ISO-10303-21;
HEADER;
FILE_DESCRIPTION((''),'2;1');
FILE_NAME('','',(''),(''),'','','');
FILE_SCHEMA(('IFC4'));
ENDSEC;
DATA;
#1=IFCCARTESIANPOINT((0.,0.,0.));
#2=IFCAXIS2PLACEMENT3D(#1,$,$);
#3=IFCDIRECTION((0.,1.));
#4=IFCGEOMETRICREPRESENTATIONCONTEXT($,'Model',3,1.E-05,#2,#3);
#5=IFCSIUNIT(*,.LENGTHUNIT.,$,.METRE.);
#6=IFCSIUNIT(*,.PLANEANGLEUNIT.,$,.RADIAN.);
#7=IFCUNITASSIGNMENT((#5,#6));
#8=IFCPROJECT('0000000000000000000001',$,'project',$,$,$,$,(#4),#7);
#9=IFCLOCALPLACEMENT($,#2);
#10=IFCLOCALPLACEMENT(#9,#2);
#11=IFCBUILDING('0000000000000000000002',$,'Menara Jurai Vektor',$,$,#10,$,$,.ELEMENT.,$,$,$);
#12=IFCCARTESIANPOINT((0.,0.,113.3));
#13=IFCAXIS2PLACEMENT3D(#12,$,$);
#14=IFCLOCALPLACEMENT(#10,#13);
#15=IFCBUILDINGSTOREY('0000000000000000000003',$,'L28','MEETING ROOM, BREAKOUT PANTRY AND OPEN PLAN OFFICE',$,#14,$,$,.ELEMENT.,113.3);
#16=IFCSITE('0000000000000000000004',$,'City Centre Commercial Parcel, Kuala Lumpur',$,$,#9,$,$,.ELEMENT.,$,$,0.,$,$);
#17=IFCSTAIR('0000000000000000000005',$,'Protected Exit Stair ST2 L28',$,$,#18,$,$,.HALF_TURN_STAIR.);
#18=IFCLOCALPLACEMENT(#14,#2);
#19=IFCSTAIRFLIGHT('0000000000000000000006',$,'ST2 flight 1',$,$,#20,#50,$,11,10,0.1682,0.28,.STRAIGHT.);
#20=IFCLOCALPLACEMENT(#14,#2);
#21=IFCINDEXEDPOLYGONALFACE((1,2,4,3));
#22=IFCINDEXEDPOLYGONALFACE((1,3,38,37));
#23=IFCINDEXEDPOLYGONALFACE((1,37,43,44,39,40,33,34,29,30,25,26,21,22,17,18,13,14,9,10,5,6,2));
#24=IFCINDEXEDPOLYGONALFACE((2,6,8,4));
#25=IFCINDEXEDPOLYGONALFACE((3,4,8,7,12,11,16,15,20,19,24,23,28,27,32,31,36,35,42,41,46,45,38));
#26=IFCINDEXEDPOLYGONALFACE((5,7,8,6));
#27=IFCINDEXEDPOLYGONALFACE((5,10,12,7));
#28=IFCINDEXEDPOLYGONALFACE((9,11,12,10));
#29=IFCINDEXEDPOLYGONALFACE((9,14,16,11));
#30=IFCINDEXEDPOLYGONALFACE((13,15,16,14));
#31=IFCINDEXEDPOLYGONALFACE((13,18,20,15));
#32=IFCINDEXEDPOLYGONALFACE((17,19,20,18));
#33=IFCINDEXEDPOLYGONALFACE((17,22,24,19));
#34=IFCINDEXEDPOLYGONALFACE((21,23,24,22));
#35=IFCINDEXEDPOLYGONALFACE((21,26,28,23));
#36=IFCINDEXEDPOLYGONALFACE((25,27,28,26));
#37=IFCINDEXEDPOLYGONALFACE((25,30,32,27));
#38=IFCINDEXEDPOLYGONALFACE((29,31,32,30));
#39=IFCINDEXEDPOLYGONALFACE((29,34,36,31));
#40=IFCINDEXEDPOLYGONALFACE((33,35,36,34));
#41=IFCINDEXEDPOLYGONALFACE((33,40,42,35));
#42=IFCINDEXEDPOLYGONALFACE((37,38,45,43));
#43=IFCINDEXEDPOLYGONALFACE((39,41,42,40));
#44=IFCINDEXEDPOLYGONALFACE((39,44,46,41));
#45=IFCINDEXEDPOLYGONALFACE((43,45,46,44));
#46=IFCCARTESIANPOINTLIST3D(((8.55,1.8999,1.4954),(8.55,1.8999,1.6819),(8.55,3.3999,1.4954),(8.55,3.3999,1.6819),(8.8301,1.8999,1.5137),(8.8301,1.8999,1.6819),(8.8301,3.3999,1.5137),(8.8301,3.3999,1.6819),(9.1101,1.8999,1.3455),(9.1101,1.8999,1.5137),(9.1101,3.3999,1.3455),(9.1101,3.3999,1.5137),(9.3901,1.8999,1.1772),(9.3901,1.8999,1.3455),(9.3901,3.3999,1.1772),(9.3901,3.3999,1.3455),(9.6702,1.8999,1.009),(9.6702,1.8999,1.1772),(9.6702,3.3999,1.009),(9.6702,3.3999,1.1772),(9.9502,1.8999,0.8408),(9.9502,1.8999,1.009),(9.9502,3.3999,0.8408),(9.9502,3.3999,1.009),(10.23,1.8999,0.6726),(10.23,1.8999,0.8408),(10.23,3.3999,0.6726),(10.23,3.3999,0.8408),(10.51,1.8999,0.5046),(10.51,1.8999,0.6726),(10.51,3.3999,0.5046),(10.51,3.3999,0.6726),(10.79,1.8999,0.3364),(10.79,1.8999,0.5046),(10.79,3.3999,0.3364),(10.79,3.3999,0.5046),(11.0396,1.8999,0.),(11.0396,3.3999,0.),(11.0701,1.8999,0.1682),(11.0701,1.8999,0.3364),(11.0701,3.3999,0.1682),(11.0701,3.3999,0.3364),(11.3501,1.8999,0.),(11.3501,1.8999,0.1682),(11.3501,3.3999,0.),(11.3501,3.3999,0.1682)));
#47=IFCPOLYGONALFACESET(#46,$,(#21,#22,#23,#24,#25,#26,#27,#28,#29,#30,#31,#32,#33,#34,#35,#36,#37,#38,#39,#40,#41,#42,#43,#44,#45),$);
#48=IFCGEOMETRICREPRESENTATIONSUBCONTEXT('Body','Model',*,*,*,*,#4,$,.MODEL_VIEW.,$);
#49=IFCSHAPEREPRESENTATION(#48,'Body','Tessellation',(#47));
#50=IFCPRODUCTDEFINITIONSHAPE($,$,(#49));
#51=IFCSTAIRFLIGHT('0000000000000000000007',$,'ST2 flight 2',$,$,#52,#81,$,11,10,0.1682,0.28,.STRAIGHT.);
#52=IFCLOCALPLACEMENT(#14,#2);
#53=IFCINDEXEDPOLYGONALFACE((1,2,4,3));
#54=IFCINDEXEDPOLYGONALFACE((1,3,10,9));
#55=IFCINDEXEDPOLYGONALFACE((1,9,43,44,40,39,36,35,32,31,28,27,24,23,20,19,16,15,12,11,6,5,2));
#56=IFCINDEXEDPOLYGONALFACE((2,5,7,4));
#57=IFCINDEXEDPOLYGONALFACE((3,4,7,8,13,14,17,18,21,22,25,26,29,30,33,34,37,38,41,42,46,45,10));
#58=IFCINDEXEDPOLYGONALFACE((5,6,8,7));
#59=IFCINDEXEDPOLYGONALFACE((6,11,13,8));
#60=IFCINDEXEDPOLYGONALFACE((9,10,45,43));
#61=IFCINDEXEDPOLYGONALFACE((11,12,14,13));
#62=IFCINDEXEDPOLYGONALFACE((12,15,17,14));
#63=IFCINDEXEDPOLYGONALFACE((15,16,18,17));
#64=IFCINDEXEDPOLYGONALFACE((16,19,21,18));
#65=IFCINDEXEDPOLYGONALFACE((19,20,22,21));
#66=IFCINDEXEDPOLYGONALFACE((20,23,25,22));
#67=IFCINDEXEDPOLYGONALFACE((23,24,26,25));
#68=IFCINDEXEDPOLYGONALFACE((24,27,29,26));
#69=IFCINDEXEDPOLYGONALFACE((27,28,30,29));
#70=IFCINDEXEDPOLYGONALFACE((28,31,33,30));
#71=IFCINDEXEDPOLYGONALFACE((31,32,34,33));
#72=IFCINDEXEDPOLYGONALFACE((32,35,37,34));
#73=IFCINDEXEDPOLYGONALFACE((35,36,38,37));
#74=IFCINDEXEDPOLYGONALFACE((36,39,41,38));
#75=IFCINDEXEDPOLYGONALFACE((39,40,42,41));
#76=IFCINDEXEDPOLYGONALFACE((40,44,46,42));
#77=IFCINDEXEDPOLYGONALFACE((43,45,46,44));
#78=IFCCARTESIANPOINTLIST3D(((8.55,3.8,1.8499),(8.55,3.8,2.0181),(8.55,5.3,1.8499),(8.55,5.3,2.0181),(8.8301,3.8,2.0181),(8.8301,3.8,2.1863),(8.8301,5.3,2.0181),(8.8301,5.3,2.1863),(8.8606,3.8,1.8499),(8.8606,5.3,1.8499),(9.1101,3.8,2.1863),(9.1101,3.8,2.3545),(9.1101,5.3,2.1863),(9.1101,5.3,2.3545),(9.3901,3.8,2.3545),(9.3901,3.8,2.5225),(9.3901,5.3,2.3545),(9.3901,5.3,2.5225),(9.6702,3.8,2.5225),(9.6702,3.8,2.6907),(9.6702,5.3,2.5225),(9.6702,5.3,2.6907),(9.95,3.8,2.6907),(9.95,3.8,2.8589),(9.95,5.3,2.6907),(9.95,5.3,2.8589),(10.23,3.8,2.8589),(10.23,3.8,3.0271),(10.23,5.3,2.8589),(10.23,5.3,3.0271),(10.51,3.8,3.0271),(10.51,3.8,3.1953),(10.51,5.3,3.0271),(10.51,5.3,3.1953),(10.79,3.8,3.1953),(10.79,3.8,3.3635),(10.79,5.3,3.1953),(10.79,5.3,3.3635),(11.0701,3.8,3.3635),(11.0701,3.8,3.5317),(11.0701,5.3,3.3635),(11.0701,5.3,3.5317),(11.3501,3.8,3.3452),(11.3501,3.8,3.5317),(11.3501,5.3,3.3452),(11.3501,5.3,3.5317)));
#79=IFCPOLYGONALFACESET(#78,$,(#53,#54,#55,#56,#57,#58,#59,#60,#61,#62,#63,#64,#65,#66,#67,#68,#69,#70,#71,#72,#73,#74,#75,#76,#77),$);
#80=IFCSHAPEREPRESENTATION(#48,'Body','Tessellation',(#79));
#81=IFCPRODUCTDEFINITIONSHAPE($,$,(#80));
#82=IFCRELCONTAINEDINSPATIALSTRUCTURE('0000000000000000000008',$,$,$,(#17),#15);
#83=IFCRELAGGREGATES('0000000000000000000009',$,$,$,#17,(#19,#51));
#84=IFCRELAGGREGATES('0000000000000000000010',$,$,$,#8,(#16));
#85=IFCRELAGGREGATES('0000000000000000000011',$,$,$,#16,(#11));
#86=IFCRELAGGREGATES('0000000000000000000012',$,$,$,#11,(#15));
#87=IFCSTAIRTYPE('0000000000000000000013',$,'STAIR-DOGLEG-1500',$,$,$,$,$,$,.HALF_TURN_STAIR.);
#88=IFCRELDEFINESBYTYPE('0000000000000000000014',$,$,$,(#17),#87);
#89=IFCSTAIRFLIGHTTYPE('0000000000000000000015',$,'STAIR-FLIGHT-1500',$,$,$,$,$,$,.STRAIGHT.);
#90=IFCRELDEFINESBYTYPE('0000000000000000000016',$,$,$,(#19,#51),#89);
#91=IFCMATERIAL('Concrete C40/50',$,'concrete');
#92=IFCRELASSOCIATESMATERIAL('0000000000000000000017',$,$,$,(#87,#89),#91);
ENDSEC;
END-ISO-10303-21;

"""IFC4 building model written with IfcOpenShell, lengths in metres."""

from ifc_helpers import new_model, si_unit, direction, frame, origin, place, context, subcontext, project, spatial, polyline, outline, extrude, material, type_object, element, aggregate, save


model = new_model("IFC4")

# Units and contexts
model_context = context("Model", 3, precision=1e-05, world=origin(), true_north=direction((0.0, 1.0)))
body_context = subcontext(model_context, "Body", "Model", "MODEL_VIEW")
ifc_project = project(units=[si_unit("LENGTHUNIT", "METRE"), si_unit("PLANEANGLEUNIT", "RADIAN")], contexts=[model_context])

# Site, building, storey
site_placement = place(None, origin())
site = spatial("IfcSite", under=ifc_project, at=site_placement, Name="City Centre Commercial Parcel, Kuala Lumpur", CompositionType="ELEMENT", RefElevation=0.0)
building_placement = place(site_placement, origin())
building = spatial("IfcBuilding", under=site, at=building_placement, Name="Menara Jurai Vektor", CompositionType="ELEMENT")
storey_placement = place(building_placement, frame((0.0, 0.0, 113.3)))
storey = spatial("IfcBuildingStorey", under=building, at=storey_placement, Name="L28", Description="MEETING ROOM, BREAKOUT PANTRY AND OPEN PLAN OFFICE", CompositionType="ELEMENT", Elevation=113.3)

# Shared definitions
ifc_material_1 = material(Name="Concrete C40/50", Category="concrete")

# Stair, stair flights
stair_type = type_object("IfcStairType", Name="STAIR-DOGLEG-1500", PredefinedType="HALF_TURN_STAIR", material=ifc_material_1)
stair_placement = place(storey_placement, origin())
stair = element("IfcStair", 1, at=stair_placement, inside=storey, type_object=stair_type, Name="Protected Exit Stair ST2 L28", PredefinedType="HALF_TURN_STAIR")
stair_flight_type = type_object("IfcStairFlightType", Name="STAIR-FLIGHT-1500", PredefinedType="STRAIGHT", material=ifc_material_1)
stair_flight_1_placement = place(storey_placement, frame((11.3501, 2.6499, 0.0), z_axis=(0.0, 0.0, 1.0), x_axis=(-1.0, 0.0, 0.0)))
stair_flight_1 = element("IfcStairFlight", 2, at=stair_flight_1_placement, type_object=stair_flight_type, Name="ST2 flight 1", NumberOfRisers=11, NumberOfTreads=10, PredefinedType="STRAIGHT", RiserHeight=0.1682, TreadLength=0.28, context=body_context, shape_type="SweptSolid", body=[
    extrude(outline(polyline([(0.0, 0.0), (0.0, 0.1682), (0.28, 0.1682), (0.28, 0.3364), (0.5601, 0.3364), (0.5601, 0.5046), (0.8401, 0.5046), (0.8401, 0.6726), (1.1201, 0.6726), (1.1201, 0.8408), (1.3999, 0.8408), (1.3999, 1.009), (1.6799, 1.009), (1.6799, 1.1772), (1.96, 1.1772), (1.96, 1.3455), (2.24, 1.3455), (2.24, 1.5137), (2.52, 1.5137), (2.52, 1.6819), (2.8, 1.6819), (2.8, 1.8501), (2.8, 1.4954), (0.3105, 0.0), (0.0, 0.0)])), frame((0.0, 0.75, 0.0), z_axis=(0.0, -1.0, 0.0), x_axis=(1.0, 0.0, 0.0)), (0.0, 0.0, 1.0), 1.5),
])
stair_flight_2_placement = place(storey_placement, frame((8.55, 4.55, 1.8499), z_axis=(0.0, 0.0, 1.0), x_axis=(1.0, 0.0, 0.0)))
stair_flight_2 = element("IfcStairFlight", 3, at=stair_flight_2_placement, type_object=stair_flight_type, Name="ST2 flight 2", NumberOfRisers=11, NumberOfTreads=10, PredefinedType="STRAIGHT", RiserHeight=0.1682, TreadLength=0.28, context=body_context, shape_type="SweptSolid", body=[
    extrude(outline(polyline([(0.0, 0.0), (0.0, 0.1682), (0.28, 0.1682), (0.28, 0.3364), (0.5601, 0.3364), (0.5601, 0.5046), (0.8401, 0.5046), (0.8401, 0.6726), (1.1201, 0.6726), (1.1201, 0.8408), (1.3999, 0.8408), (1.3999, 1.009), (1.6799, 1.009), (1.6799, 1.1772), (1.96, 1.1772), (1.96, 1.3455), (2.24, 1.3455), (2.24, 1.5137), (2.52, 1.5137), (2.52, 1.6819), (2.8, 1.6819), (2.8, 1.8501), (2.8, 1.4954), (0.3105, 0.0), (0.0, 0.0)])), frame((0.0, 0.75, 0.0), z_axis=(0.0, -1.0, 0.0), x_axis=(1.0, 0.0, 0.0)), (0.0, 0.0, 1.0), 1.5),
])
aggregate(stair, [stair_flight_1, stair_flight_2])

save(model, "model.ifc")
